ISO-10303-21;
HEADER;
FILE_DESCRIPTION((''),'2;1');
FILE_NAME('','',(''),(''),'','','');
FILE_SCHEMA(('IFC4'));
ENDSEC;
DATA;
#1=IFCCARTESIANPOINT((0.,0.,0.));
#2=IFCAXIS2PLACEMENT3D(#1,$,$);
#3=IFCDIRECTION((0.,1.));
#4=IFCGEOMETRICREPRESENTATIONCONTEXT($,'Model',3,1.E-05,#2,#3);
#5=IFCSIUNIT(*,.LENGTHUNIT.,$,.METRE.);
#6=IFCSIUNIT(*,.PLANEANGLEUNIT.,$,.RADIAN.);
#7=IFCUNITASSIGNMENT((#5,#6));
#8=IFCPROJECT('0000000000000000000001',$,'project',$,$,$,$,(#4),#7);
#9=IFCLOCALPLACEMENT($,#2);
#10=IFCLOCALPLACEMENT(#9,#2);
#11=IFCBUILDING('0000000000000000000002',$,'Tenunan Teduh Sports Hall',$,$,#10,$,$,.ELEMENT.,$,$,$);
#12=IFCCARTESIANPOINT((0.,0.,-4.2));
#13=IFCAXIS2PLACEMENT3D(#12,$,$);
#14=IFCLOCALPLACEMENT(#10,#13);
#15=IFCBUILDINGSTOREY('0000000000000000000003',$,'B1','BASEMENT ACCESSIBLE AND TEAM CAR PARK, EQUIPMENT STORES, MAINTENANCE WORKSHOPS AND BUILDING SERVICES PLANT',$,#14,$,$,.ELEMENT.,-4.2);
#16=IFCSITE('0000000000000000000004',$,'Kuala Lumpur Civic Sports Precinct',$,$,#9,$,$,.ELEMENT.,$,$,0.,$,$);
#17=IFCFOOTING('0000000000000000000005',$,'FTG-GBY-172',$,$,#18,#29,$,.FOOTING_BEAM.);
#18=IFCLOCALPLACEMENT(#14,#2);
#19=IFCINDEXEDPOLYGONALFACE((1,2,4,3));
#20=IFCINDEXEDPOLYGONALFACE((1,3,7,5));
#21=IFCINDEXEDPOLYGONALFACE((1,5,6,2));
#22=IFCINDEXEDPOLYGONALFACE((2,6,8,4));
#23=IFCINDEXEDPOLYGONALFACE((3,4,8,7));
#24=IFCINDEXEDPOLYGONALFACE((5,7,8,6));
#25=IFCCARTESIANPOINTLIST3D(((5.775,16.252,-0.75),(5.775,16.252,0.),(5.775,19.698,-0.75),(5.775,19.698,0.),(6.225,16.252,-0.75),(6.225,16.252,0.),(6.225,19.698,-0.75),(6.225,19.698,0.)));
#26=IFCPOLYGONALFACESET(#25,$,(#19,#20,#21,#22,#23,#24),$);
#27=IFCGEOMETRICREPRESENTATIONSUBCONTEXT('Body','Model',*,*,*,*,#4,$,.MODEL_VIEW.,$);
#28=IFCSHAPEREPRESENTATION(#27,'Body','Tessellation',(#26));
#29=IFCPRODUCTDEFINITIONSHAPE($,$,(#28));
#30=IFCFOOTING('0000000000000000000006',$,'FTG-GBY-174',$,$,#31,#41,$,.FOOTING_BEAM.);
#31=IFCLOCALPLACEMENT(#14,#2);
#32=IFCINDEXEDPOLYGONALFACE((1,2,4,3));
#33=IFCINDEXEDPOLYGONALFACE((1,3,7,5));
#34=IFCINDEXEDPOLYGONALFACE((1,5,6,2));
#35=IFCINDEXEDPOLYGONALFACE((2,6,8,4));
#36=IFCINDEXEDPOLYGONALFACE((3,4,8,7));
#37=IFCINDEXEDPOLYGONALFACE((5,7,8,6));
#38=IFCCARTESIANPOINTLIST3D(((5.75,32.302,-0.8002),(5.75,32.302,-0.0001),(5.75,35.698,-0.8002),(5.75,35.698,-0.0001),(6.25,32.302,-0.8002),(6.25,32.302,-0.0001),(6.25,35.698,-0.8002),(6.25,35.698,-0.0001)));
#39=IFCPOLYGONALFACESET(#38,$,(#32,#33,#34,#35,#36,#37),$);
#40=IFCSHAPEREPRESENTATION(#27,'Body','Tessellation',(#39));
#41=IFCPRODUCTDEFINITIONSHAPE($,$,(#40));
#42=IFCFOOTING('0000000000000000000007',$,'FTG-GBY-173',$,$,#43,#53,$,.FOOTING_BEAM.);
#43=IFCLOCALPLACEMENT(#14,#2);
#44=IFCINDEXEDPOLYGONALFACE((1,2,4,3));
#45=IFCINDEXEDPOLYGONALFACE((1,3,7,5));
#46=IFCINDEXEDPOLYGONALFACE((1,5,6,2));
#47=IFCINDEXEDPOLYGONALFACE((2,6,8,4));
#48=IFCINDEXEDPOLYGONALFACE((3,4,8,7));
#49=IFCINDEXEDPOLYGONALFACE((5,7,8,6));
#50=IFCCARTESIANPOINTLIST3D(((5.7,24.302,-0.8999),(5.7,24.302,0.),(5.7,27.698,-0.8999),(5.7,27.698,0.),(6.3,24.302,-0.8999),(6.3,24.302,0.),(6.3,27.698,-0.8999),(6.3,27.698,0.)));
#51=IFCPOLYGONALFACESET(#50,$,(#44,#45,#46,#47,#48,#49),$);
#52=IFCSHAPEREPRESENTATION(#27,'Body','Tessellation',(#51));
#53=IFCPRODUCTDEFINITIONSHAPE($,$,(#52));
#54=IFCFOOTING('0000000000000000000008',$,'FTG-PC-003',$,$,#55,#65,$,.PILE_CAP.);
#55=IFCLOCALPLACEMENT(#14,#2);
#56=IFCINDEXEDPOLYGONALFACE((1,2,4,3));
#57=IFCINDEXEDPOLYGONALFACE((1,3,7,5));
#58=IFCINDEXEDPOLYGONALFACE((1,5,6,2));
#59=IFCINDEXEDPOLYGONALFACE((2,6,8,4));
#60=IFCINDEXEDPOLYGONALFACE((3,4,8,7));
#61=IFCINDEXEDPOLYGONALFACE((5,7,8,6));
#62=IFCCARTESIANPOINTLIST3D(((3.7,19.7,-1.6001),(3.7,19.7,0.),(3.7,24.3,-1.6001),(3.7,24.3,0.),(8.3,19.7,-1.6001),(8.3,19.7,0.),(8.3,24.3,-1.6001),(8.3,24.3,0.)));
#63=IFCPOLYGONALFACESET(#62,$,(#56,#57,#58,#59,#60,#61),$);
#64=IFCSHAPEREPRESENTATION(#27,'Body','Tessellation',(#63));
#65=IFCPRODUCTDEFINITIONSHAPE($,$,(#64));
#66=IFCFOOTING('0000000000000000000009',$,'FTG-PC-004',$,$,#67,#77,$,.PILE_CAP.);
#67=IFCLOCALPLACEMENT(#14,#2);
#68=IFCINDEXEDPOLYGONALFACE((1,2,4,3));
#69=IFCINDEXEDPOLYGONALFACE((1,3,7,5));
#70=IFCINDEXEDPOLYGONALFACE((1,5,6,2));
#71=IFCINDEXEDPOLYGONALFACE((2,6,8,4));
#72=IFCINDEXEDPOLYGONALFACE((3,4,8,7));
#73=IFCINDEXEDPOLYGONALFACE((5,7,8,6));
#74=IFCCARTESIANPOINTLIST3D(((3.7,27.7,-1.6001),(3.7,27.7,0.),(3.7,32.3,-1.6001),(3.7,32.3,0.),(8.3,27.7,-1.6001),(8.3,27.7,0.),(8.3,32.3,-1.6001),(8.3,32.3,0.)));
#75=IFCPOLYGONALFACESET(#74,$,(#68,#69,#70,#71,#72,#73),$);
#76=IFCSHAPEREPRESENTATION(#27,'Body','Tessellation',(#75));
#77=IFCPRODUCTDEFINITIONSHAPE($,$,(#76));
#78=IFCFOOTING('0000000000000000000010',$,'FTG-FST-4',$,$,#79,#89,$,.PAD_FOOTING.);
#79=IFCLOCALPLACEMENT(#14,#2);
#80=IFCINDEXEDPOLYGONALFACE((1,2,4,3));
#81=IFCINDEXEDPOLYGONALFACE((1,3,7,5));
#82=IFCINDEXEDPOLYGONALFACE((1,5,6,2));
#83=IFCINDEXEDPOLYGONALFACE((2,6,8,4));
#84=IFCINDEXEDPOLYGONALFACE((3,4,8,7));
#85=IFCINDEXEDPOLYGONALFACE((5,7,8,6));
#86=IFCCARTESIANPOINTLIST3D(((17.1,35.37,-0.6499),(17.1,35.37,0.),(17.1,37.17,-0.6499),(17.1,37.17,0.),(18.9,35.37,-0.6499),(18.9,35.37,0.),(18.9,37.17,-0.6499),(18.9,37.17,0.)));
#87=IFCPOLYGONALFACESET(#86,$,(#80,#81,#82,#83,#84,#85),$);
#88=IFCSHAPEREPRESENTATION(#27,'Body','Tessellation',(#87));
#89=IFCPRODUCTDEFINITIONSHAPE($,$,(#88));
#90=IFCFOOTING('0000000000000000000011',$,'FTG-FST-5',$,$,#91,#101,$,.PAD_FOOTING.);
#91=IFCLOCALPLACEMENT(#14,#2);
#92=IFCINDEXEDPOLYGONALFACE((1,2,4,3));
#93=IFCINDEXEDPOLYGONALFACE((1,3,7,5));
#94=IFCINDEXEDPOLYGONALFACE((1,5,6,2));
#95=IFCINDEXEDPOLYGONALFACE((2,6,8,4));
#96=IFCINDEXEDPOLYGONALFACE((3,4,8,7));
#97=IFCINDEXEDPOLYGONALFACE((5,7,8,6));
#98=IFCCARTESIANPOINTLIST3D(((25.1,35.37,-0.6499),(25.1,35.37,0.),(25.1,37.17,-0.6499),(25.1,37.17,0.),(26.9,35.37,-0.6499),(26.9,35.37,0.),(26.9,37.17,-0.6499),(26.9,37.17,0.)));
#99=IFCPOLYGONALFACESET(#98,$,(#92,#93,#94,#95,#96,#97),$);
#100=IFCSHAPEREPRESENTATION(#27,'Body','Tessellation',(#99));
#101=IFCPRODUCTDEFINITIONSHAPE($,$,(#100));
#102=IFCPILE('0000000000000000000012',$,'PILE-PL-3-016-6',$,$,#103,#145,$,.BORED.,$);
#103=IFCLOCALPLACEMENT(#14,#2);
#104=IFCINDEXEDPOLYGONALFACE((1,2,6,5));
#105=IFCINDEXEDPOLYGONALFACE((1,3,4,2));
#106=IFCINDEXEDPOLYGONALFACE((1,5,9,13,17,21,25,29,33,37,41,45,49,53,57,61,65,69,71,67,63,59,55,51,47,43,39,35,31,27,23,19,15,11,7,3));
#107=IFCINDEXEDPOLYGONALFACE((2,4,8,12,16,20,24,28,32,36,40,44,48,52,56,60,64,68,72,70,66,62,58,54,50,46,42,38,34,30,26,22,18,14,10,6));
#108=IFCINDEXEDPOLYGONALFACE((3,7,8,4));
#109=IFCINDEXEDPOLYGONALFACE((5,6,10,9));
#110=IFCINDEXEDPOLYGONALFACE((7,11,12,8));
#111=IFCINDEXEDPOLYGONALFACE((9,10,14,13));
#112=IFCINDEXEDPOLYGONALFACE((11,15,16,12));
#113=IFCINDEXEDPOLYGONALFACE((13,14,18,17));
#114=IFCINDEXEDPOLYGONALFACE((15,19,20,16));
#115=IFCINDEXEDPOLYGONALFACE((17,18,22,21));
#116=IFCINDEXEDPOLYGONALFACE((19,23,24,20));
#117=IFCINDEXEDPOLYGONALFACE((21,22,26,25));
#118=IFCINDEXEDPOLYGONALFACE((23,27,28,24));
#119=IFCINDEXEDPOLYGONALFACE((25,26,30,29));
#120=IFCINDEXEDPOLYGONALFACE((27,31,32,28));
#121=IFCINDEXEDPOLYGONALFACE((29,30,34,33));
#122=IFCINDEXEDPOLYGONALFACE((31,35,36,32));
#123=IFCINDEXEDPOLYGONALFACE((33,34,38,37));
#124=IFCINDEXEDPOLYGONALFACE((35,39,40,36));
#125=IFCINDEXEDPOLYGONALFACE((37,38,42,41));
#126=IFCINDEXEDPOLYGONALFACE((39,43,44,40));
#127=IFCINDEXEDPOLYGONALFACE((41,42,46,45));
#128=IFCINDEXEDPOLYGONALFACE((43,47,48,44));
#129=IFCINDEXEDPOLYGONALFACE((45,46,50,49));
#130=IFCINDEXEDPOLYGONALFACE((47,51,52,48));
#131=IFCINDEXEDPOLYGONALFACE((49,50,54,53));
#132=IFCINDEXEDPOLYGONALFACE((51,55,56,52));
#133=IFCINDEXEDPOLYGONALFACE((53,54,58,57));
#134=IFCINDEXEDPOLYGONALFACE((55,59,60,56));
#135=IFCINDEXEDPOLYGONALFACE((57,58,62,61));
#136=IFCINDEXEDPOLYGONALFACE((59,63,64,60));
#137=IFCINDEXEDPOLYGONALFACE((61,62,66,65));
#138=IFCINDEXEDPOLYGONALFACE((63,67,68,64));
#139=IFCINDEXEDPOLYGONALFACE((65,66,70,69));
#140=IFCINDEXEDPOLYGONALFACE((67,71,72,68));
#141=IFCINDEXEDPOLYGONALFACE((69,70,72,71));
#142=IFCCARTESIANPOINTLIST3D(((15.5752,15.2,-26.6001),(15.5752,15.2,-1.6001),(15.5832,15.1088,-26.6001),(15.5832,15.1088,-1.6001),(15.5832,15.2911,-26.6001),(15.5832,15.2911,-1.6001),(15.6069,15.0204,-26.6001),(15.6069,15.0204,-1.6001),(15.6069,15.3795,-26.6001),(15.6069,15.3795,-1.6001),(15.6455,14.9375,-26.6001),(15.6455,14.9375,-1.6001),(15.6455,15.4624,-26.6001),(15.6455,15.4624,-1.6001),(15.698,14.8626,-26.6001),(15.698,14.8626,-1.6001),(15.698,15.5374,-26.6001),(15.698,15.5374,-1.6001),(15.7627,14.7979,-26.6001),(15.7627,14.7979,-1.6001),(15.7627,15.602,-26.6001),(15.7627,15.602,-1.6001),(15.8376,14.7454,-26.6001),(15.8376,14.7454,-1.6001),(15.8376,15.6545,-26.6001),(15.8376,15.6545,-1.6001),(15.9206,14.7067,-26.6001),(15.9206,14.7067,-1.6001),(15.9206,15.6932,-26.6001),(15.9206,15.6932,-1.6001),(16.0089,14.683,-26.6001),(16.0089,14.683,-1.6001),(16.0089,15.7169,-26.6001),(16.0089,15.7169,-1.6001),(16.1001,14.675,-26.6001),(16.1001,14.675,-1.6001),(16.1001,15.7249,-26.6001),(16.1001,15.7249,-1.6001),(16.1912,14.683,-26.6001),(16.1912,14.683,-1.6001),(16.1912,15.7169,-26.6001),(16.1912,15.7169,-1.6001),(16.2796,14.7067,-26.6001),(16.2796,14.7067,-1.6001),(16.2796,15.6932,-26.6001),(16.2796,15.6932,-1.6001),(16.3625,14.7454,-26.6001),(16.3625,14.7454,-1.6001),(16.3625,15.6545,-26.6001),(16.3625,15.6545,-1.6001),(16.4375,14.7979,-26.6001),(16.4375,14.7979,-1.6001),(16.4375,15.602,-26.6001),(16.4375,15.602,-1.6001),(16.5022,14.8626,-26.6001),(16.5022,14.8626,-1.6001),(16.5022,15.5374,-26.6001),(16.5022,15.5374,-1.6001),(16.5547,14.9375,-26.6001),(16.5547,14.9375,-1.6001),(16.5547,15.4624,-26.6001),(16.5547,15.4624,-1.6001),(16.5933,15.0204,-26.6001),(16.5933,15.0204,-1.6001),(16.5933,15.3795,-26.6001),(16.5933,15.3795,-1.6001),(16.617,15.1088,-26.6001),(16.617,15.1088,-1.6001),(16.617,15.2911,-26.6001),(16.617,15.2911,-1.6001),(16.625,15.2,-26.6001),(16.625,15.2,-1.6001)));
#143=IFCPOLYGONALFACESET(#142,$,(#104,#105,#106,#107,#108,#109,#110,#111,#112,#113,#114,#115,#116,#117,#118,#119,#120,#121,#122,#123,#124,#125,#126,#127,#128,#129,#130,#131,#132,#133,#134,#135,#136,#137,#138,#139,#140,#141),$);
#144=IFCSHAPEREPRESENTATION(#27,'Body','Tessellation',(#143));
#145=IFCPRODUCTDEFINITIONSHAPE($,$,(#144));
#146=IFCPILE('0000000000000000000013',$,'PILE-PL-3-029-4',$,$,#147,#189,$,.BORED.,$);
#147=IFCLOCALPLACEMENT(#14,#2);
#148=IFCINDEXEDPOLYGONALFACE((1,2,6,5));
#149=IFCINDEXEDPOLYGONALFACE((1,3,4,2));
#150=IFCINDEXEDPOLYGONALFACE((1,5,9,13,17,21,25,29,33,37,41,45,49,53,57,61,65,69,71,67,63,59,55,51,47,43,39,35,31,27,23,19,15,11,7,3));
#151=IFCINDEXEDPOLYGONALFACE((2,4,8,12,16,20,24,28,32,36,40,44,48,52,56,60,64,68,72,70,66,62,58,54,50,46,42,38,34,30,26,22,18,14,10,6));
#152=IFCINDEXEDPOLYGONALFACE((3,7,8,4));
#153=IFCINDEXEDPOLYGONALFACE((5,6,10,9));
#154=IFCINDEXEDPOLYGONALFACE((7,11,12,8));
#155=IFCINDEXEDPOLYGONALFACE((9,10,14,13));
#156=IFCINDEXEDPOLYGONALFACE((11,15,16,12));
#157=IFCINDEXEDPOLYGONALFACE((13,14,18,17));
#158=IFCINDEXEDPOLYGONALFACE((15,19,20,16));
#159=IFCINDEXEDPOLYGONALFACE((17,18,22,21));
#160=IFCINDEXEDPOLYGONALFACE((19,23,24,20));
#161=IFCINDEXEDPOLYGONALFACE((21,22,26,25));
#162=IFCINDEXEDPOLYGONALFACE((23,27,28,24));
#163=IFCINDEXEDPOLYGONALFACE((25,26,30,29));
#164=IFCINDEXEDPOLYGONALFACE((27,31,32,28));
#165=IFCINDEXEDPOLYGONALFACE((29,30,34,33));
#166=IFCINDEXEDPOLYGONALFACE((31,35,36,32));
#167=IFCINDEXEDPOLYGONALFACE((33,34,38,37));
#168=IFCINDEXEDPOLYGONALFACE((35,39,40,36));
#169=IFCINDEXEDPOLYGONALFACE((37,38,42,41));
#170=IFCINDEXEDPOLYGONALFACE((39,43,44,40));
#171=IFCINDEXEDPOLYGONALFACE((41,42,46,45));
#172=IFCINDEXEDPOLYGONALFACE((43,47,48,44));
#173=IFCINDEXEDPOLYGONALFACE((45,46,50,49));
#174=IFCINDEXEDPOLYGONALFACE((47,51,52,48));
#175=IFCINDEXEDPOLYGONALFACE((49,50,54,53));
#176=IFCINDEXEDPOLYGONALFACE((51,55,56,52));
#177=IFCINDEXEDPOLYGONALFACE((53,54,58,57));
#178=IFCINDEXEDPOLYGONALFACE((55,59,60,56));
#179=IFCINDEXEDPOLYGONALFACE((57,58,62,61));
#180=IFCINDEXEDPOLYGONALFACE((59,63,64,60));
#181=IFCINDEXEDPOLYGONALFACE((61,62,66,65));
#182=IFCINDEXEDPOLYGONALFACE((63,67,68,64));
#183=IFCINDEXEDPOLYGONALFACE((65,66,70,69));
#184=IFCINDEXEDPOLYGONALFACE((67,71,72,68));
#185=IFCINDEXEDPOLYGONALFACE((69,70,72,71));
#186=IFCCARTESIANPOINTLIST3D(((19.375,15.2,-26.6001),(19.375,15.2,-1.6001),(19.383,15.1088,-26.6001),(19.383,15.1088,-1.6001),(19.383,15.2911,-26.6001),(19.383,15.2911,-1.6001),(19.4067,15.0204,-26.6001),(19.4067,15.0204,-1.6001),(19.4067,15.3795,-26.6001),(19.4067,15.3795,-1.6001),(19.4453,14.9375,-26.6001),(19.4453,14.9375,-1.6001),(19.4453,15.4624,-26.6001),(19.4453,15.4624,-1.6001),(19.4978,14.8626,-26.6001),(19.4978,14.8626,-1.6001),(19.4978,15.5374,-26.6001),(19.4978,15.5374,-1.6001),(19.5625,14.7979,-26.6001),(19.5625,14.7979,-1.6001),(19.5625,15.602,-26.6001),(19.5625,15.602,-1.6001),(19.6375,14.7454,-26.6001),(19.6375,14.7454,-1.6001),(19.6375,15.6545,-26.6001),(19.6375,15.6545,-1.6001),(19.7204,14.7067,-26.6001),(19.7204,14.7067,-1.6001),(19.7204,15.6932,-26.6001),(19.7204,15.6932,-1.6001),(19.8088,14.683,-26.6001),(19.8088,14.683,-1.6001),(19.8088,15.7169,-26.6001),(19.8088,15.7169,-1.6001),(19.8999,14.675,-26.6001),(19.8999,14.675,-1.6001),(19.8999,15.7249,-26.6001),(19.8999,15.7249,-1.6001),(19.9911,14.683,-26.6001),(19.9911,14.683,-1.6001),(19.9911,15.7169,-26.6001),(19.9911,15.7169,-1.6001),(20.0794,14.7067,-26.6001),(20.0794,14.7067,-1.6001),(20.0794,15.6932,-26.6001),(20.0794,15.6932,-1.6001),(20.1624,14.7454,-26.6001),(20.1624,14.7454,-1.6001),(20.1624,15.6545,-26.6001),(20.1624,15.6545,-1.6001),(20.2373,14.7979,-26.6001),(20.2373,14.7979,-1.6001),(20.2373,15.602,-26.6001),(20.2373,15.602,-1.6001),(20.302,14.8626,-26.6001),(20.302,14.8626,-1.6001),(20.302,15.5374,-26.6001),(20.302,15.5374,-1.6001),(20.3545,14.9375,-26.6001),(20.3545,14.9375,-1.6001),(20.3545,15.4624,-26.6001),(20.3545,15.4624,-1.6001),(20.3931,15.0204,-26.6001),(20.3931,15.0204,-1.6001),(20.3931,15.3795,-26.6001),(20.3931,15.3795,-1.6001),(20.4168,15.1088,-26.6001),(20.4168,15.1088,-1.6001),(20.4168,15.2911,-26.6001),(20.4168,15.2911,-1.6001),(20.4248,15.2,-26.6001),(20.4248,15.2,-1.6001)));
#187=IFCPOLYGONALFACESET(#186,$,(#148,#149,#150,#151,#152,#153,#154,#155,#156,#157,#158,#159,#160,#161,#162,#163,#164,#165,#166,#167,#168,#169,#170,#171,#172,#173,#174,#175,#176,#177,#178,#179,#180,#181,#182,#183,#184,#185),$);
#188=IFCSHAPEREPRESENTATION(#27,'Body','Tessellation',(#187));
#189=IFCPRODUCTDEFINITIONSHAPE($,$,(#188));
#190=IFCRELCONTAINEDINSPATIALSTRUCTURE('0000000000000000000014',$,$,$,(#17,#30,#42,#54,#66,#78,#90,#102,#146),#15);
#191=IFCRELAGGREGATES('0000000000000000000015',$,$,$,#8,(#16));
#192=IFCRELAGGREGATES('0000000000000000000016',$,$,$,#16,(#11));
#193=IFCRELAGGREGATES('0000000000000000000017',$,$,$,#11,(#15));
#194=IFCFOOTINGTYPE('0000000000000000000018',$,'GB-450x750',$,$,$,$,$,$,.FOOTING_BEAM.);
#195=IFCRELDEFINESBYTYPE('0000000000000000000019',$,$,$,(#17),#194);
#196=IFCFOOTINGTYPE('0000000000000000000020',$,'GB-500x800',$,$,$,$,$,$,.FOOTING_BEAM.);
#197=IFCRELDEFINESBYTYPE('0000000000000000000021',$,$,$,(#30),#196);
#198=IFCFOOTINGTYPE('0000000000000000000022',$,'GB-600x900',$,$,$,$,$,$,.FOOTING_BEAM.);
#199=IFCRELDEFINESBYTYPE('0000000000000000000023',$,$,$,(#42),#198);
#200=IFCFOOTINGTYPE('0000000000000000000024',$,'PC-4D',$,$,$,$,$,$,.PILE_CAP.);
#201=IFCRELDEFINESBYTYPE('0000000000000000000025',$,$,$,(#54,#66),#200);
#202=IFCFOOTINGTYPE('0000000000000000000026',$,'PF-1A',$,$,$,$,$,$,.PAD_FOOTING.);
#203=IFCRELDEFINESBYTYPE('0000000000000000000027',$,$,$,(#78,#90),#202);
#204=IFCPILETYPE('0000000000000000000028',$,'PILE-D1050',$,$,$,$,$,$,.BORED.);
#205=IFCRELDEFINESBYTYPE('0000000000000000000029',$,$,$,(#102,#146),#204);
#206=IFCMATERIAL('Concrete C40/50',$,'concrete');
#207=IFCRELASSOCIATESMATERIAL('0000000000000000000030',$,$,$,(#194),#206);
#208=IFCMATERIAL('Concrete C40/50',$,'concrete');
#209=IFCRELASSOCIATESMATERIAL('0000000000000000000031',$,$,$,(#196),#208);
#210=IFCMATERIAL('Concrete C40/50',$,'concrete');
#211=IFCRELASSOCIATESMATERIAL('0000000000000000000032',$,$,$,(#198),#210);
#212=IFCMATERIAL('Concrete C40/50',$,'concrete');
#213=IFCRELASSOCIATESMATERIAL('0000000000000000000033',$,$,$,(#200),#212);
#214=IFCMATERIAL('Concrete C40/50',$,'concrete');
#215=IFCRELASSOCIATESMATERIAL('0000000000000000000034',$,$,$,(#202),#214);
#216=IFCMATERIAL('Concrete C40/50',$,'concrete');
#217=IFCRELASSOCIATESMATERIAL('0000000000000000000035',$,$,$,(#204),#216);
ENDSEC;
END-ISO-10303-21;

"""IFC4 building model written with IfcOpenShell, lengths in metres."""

from ifc_helpers import new_model, si_unit, direction, frame, origin, origin_2d, place, context, subcontext, project, spatial, rectangle, circle, extrude, material, material_profile, profile_set, type_object, element, save


model = new_model("IFC4")

# Units and contexts
model_context = context("Model", 3, precision=1e-05, world=origin(), true_north=direction((0.0, 1.0)))
body_context = subcontext(model_context, "Body", "Model", "MODEL_VIEW")
ifc_project = project(units=[si_unit("LENGTHUNIT", "METRE"), si_unit("PLANEANGLEUNIT", "RADIAN")], contexts=[model_context])

# Site, building, storey
site_placement = place(None, origin())
site = spatial("IfcSite", under=ifc_project, at=site_placement, Name="Kuala Lumpur Civic Sports Precinct", CompositionType="ELEMENT", RefElevation=0.0)
building_placement = place(site_placement, origin())
building = spatial("IfcBuilding", under=site, at=building_placement, Name="Tenunan Teduh Sports Hall", CompositionType="ELEMENT")
storey_placement = place(building_placement, frame((0.0, 0.0, -4.2)))
storey = spatial("IfcBuildingStorey", under=building, at=storey_placement, Name="B1", Description="BASEMENT ACCESSIBLE AND TEAM CAR PARK, EQUIPMENT STORES, MAINTENANCE WORKSHOPS AND BUILDING SERVICES PLANT", CompositionType="ELEMENT", Elevation=-4.2)

# Footings
ifc_material_1 = material(Name="Concrete C40/50", Category="concrete")
ifc_material_profile_1 = material_profile(ifc_material_1, rectangle(XDim=0.45, YDim=0.75, at=origin_2d()), Name="RCB 450x750")
ifc_profile_set_1 = profile_set([ifc_material_profile_1], Name="Concrete C40/50")
footing_type_1 = type_object("IfcFootingType", Name="GB-450x750", PredefinedType="FOOTING_BEAM", material=ifc_profile_set_1)
footing_1_placement = place(storey_placement, frame((6.0, 16.252, -0.375), z_axis=(0.0, 1.0, 0.0), x_axis=(-1.0, 0.0, 0.0)))
element("IfcFooting", 1, at=footing_1_placement, inside=storey, type_object=footing_type_1, Name="FTG-GBY-172", PredefinedType="FOOTING_BEAM", context=body_context, shape_type="SweptSolid", body=[
    extrude(rectangle(XDim=0.45, YDim=0.75, at=origin_2d()), origin(), (0.0, 0.0, 1.0), 3.446),
])
ifc_material_2 = material(Name="Concrete C40/50", Category="concrete")
ifc_material_profile_2 = material_profile(ifc_material_2, rectangle(XDim=0.5, YDim=0.8, at=origin_2d()), Name="RCB 500x800")
ifc_profile_set_2 = profile_set([ifc_material_profile_2], Name="Concrete C40/50")
footing_type_2 = type_object("IfcFootingType", Name="GB-500x800", PredefinedType="FOOTING_BEAM", material=ifc_profile_set_2)
footing_2_placement = place(storey_placement, frame((6.0, 32.302, -0.4001), z_axis=(0.0, 1.0, 0.0), x_axis=(-1.0, 0.0, 0.0)))
element("IfcFooting", 2, at=footing_2_placement, inside=storey, type_object=footing_type_2, Name="FTG-GBY-174", PredefinedType="FOOTING_BEAM", context=body_context, shape_type="SweptSolid", body=[
    extrude(rectangle(XDim=0.5, YDim=0.8, at=origin_2d()), origin(), (0.0, 0.0, 1.0), 3.396),
])
ifc_material_3 = material(Name="Concrete C40/50", Category="concrete")
ifc_material_profile_3 = material_profile(ifc_material_3, rectangle(XDim=0.6001, YDim=0.8999, at=origin_2d()), Name="RCB 600x900")
ifc_profile_set_3 = profile_set([ifc_material_profile_3], Name="Concrete C40/50")
footing_type_3 = type_object("IfcFootingType", Name="GB-600x900", PredefinedType="FOOTING_BEAM", material=ifc_profile_set_3)
footing_3_placement = place(storey_placement, frame((6.0, 24.302, -0.45), z_axis=(0.0, 1.0, 0.0), x_axis=(-1.0, 0.0, 0.0)))
element("IfcFooting", 3, at=footing_3_placement, inside=storey, type_object=footing_type_3, Name="FTG-GBY-173", PredefinedType="FOOTING_BEAM", context=body_context, shape_type="SweptSolid", body=[
    extrude(rectangle(XDim=0.6001, YDim=0.8999, at=origin_2d()), origin(), (0.0, 0.0, 1.0), 3.396),
])
ifc_material_4 = material(Name="Concrete C40/50", Category="concrete")
footing_type_4 = type_object("IfcFootingType", Name="PC-4D", PredefinedType="PILE_CAP", material=ifc_material_4)
for number, where, z_axis, x_axis, name in (
    (4, (6.0, 22.0, -1.6001), (0.0, 0.0, 1.0), (1.0, 0.0, 0.0), "FTG-PC-003"),
    (5, (6.0, 30.0, -1.6001), (0.0, 0.0, 1.0), (1.0, 0.0, 0.0), "FTG-PC-004"),
):
    element("IfcFooting", number, at=place(storey_placement, frame(where, z_axis=z_axis, x_axis=x_axis)), inside=storey, type_object=footing_type_4, Name=name, PredefinedType="PILE_CAP", context=body_context, shape_type="SweptSolid", body=[
        extrude(rectangle(XDim=4.6001, YDim=4.6001, at=origin_2d()), origin(), (0.0, 0.0, 1.0), 1.6001),
    ])
ifc_material_5 = material(Name="Concrete C40/50", Category="concrete")
footing_type_5 = type_object("IfcFootingType", Name="PF-1A", PredefinedType="PAD_FOOTING", material=ifc_material_5)
for number, where, z_axis, x_axis, name in (
    (6, (18.0, 36.27, -0.6499), (0.0, 0.0, 1.0), (1.0, 0.0, 0.0), "FTG-FST-4"),
    (7, (26.0, 36.27, -0.6499), (0.0, 0.0, 1.0), (1.0, 0.0, 0.0), "FTG-FST-5"),
):
    element("IfcFooting", number, at=place(storey_placement, frame(where, z_axis=z_axis, x_axis=x_axis)), inside=storey, type_object=footing_type_5, Name=name, PredefinedType="PAD_FOOTING", context=body_context, shape_type="SweptSolid", body=[
        extrude(rectangle(XDim=1.8, YDim=1.8, at=origin_2d()), origin(), (0.0, 0.0, 1.0), 0.6499),
    ])

# Piles
ifc_material_6 = material(Name="Concrete C40/50", Category="concrete")
ifc_material_profile_4 = material_profile(ifc_material_6, circle(Radius=0.5249, at=origin_2d()), Name="PILE D1050")
ifc_profile_set_4 = profile_set([ifc_material_profile_4], Name="Concrete C40/50")
pile_type_1 = type_object("IfcPileType", Name="PILE-D1050", PredefinedType="BORED", material=ifc_profile_set_4)
for number, where, z_axis, x_axis, name in (
    (8, (16.1001, 15.2, -1.6001), (0.0, 0.0, -1.0), (1.0, 0.0, 0.0), "PILE-PL-3-016-6"),
    (9, (19.8999, 15.2, -1.6001), (0.0, 0.0, -1.0), (1.0, 0.0, 0.0), "PILE-PL-3-029-4"),
):
    element("IfcPile", number, at=place(storey_placement, frame(where, z_axis=z_axis, x_axis=x_axis)), inside=storey, type_object=pile_type_1, Name=name, PredefinedType="BORED", context=body_context, shape_type="SweptSolid", body=[
        extrude(circle(Radius=0.5249, at=origin_2d()), origin(), (0.0, 0.0, 1.0), 25.0),
    ])

save(model, "model.ifc")
